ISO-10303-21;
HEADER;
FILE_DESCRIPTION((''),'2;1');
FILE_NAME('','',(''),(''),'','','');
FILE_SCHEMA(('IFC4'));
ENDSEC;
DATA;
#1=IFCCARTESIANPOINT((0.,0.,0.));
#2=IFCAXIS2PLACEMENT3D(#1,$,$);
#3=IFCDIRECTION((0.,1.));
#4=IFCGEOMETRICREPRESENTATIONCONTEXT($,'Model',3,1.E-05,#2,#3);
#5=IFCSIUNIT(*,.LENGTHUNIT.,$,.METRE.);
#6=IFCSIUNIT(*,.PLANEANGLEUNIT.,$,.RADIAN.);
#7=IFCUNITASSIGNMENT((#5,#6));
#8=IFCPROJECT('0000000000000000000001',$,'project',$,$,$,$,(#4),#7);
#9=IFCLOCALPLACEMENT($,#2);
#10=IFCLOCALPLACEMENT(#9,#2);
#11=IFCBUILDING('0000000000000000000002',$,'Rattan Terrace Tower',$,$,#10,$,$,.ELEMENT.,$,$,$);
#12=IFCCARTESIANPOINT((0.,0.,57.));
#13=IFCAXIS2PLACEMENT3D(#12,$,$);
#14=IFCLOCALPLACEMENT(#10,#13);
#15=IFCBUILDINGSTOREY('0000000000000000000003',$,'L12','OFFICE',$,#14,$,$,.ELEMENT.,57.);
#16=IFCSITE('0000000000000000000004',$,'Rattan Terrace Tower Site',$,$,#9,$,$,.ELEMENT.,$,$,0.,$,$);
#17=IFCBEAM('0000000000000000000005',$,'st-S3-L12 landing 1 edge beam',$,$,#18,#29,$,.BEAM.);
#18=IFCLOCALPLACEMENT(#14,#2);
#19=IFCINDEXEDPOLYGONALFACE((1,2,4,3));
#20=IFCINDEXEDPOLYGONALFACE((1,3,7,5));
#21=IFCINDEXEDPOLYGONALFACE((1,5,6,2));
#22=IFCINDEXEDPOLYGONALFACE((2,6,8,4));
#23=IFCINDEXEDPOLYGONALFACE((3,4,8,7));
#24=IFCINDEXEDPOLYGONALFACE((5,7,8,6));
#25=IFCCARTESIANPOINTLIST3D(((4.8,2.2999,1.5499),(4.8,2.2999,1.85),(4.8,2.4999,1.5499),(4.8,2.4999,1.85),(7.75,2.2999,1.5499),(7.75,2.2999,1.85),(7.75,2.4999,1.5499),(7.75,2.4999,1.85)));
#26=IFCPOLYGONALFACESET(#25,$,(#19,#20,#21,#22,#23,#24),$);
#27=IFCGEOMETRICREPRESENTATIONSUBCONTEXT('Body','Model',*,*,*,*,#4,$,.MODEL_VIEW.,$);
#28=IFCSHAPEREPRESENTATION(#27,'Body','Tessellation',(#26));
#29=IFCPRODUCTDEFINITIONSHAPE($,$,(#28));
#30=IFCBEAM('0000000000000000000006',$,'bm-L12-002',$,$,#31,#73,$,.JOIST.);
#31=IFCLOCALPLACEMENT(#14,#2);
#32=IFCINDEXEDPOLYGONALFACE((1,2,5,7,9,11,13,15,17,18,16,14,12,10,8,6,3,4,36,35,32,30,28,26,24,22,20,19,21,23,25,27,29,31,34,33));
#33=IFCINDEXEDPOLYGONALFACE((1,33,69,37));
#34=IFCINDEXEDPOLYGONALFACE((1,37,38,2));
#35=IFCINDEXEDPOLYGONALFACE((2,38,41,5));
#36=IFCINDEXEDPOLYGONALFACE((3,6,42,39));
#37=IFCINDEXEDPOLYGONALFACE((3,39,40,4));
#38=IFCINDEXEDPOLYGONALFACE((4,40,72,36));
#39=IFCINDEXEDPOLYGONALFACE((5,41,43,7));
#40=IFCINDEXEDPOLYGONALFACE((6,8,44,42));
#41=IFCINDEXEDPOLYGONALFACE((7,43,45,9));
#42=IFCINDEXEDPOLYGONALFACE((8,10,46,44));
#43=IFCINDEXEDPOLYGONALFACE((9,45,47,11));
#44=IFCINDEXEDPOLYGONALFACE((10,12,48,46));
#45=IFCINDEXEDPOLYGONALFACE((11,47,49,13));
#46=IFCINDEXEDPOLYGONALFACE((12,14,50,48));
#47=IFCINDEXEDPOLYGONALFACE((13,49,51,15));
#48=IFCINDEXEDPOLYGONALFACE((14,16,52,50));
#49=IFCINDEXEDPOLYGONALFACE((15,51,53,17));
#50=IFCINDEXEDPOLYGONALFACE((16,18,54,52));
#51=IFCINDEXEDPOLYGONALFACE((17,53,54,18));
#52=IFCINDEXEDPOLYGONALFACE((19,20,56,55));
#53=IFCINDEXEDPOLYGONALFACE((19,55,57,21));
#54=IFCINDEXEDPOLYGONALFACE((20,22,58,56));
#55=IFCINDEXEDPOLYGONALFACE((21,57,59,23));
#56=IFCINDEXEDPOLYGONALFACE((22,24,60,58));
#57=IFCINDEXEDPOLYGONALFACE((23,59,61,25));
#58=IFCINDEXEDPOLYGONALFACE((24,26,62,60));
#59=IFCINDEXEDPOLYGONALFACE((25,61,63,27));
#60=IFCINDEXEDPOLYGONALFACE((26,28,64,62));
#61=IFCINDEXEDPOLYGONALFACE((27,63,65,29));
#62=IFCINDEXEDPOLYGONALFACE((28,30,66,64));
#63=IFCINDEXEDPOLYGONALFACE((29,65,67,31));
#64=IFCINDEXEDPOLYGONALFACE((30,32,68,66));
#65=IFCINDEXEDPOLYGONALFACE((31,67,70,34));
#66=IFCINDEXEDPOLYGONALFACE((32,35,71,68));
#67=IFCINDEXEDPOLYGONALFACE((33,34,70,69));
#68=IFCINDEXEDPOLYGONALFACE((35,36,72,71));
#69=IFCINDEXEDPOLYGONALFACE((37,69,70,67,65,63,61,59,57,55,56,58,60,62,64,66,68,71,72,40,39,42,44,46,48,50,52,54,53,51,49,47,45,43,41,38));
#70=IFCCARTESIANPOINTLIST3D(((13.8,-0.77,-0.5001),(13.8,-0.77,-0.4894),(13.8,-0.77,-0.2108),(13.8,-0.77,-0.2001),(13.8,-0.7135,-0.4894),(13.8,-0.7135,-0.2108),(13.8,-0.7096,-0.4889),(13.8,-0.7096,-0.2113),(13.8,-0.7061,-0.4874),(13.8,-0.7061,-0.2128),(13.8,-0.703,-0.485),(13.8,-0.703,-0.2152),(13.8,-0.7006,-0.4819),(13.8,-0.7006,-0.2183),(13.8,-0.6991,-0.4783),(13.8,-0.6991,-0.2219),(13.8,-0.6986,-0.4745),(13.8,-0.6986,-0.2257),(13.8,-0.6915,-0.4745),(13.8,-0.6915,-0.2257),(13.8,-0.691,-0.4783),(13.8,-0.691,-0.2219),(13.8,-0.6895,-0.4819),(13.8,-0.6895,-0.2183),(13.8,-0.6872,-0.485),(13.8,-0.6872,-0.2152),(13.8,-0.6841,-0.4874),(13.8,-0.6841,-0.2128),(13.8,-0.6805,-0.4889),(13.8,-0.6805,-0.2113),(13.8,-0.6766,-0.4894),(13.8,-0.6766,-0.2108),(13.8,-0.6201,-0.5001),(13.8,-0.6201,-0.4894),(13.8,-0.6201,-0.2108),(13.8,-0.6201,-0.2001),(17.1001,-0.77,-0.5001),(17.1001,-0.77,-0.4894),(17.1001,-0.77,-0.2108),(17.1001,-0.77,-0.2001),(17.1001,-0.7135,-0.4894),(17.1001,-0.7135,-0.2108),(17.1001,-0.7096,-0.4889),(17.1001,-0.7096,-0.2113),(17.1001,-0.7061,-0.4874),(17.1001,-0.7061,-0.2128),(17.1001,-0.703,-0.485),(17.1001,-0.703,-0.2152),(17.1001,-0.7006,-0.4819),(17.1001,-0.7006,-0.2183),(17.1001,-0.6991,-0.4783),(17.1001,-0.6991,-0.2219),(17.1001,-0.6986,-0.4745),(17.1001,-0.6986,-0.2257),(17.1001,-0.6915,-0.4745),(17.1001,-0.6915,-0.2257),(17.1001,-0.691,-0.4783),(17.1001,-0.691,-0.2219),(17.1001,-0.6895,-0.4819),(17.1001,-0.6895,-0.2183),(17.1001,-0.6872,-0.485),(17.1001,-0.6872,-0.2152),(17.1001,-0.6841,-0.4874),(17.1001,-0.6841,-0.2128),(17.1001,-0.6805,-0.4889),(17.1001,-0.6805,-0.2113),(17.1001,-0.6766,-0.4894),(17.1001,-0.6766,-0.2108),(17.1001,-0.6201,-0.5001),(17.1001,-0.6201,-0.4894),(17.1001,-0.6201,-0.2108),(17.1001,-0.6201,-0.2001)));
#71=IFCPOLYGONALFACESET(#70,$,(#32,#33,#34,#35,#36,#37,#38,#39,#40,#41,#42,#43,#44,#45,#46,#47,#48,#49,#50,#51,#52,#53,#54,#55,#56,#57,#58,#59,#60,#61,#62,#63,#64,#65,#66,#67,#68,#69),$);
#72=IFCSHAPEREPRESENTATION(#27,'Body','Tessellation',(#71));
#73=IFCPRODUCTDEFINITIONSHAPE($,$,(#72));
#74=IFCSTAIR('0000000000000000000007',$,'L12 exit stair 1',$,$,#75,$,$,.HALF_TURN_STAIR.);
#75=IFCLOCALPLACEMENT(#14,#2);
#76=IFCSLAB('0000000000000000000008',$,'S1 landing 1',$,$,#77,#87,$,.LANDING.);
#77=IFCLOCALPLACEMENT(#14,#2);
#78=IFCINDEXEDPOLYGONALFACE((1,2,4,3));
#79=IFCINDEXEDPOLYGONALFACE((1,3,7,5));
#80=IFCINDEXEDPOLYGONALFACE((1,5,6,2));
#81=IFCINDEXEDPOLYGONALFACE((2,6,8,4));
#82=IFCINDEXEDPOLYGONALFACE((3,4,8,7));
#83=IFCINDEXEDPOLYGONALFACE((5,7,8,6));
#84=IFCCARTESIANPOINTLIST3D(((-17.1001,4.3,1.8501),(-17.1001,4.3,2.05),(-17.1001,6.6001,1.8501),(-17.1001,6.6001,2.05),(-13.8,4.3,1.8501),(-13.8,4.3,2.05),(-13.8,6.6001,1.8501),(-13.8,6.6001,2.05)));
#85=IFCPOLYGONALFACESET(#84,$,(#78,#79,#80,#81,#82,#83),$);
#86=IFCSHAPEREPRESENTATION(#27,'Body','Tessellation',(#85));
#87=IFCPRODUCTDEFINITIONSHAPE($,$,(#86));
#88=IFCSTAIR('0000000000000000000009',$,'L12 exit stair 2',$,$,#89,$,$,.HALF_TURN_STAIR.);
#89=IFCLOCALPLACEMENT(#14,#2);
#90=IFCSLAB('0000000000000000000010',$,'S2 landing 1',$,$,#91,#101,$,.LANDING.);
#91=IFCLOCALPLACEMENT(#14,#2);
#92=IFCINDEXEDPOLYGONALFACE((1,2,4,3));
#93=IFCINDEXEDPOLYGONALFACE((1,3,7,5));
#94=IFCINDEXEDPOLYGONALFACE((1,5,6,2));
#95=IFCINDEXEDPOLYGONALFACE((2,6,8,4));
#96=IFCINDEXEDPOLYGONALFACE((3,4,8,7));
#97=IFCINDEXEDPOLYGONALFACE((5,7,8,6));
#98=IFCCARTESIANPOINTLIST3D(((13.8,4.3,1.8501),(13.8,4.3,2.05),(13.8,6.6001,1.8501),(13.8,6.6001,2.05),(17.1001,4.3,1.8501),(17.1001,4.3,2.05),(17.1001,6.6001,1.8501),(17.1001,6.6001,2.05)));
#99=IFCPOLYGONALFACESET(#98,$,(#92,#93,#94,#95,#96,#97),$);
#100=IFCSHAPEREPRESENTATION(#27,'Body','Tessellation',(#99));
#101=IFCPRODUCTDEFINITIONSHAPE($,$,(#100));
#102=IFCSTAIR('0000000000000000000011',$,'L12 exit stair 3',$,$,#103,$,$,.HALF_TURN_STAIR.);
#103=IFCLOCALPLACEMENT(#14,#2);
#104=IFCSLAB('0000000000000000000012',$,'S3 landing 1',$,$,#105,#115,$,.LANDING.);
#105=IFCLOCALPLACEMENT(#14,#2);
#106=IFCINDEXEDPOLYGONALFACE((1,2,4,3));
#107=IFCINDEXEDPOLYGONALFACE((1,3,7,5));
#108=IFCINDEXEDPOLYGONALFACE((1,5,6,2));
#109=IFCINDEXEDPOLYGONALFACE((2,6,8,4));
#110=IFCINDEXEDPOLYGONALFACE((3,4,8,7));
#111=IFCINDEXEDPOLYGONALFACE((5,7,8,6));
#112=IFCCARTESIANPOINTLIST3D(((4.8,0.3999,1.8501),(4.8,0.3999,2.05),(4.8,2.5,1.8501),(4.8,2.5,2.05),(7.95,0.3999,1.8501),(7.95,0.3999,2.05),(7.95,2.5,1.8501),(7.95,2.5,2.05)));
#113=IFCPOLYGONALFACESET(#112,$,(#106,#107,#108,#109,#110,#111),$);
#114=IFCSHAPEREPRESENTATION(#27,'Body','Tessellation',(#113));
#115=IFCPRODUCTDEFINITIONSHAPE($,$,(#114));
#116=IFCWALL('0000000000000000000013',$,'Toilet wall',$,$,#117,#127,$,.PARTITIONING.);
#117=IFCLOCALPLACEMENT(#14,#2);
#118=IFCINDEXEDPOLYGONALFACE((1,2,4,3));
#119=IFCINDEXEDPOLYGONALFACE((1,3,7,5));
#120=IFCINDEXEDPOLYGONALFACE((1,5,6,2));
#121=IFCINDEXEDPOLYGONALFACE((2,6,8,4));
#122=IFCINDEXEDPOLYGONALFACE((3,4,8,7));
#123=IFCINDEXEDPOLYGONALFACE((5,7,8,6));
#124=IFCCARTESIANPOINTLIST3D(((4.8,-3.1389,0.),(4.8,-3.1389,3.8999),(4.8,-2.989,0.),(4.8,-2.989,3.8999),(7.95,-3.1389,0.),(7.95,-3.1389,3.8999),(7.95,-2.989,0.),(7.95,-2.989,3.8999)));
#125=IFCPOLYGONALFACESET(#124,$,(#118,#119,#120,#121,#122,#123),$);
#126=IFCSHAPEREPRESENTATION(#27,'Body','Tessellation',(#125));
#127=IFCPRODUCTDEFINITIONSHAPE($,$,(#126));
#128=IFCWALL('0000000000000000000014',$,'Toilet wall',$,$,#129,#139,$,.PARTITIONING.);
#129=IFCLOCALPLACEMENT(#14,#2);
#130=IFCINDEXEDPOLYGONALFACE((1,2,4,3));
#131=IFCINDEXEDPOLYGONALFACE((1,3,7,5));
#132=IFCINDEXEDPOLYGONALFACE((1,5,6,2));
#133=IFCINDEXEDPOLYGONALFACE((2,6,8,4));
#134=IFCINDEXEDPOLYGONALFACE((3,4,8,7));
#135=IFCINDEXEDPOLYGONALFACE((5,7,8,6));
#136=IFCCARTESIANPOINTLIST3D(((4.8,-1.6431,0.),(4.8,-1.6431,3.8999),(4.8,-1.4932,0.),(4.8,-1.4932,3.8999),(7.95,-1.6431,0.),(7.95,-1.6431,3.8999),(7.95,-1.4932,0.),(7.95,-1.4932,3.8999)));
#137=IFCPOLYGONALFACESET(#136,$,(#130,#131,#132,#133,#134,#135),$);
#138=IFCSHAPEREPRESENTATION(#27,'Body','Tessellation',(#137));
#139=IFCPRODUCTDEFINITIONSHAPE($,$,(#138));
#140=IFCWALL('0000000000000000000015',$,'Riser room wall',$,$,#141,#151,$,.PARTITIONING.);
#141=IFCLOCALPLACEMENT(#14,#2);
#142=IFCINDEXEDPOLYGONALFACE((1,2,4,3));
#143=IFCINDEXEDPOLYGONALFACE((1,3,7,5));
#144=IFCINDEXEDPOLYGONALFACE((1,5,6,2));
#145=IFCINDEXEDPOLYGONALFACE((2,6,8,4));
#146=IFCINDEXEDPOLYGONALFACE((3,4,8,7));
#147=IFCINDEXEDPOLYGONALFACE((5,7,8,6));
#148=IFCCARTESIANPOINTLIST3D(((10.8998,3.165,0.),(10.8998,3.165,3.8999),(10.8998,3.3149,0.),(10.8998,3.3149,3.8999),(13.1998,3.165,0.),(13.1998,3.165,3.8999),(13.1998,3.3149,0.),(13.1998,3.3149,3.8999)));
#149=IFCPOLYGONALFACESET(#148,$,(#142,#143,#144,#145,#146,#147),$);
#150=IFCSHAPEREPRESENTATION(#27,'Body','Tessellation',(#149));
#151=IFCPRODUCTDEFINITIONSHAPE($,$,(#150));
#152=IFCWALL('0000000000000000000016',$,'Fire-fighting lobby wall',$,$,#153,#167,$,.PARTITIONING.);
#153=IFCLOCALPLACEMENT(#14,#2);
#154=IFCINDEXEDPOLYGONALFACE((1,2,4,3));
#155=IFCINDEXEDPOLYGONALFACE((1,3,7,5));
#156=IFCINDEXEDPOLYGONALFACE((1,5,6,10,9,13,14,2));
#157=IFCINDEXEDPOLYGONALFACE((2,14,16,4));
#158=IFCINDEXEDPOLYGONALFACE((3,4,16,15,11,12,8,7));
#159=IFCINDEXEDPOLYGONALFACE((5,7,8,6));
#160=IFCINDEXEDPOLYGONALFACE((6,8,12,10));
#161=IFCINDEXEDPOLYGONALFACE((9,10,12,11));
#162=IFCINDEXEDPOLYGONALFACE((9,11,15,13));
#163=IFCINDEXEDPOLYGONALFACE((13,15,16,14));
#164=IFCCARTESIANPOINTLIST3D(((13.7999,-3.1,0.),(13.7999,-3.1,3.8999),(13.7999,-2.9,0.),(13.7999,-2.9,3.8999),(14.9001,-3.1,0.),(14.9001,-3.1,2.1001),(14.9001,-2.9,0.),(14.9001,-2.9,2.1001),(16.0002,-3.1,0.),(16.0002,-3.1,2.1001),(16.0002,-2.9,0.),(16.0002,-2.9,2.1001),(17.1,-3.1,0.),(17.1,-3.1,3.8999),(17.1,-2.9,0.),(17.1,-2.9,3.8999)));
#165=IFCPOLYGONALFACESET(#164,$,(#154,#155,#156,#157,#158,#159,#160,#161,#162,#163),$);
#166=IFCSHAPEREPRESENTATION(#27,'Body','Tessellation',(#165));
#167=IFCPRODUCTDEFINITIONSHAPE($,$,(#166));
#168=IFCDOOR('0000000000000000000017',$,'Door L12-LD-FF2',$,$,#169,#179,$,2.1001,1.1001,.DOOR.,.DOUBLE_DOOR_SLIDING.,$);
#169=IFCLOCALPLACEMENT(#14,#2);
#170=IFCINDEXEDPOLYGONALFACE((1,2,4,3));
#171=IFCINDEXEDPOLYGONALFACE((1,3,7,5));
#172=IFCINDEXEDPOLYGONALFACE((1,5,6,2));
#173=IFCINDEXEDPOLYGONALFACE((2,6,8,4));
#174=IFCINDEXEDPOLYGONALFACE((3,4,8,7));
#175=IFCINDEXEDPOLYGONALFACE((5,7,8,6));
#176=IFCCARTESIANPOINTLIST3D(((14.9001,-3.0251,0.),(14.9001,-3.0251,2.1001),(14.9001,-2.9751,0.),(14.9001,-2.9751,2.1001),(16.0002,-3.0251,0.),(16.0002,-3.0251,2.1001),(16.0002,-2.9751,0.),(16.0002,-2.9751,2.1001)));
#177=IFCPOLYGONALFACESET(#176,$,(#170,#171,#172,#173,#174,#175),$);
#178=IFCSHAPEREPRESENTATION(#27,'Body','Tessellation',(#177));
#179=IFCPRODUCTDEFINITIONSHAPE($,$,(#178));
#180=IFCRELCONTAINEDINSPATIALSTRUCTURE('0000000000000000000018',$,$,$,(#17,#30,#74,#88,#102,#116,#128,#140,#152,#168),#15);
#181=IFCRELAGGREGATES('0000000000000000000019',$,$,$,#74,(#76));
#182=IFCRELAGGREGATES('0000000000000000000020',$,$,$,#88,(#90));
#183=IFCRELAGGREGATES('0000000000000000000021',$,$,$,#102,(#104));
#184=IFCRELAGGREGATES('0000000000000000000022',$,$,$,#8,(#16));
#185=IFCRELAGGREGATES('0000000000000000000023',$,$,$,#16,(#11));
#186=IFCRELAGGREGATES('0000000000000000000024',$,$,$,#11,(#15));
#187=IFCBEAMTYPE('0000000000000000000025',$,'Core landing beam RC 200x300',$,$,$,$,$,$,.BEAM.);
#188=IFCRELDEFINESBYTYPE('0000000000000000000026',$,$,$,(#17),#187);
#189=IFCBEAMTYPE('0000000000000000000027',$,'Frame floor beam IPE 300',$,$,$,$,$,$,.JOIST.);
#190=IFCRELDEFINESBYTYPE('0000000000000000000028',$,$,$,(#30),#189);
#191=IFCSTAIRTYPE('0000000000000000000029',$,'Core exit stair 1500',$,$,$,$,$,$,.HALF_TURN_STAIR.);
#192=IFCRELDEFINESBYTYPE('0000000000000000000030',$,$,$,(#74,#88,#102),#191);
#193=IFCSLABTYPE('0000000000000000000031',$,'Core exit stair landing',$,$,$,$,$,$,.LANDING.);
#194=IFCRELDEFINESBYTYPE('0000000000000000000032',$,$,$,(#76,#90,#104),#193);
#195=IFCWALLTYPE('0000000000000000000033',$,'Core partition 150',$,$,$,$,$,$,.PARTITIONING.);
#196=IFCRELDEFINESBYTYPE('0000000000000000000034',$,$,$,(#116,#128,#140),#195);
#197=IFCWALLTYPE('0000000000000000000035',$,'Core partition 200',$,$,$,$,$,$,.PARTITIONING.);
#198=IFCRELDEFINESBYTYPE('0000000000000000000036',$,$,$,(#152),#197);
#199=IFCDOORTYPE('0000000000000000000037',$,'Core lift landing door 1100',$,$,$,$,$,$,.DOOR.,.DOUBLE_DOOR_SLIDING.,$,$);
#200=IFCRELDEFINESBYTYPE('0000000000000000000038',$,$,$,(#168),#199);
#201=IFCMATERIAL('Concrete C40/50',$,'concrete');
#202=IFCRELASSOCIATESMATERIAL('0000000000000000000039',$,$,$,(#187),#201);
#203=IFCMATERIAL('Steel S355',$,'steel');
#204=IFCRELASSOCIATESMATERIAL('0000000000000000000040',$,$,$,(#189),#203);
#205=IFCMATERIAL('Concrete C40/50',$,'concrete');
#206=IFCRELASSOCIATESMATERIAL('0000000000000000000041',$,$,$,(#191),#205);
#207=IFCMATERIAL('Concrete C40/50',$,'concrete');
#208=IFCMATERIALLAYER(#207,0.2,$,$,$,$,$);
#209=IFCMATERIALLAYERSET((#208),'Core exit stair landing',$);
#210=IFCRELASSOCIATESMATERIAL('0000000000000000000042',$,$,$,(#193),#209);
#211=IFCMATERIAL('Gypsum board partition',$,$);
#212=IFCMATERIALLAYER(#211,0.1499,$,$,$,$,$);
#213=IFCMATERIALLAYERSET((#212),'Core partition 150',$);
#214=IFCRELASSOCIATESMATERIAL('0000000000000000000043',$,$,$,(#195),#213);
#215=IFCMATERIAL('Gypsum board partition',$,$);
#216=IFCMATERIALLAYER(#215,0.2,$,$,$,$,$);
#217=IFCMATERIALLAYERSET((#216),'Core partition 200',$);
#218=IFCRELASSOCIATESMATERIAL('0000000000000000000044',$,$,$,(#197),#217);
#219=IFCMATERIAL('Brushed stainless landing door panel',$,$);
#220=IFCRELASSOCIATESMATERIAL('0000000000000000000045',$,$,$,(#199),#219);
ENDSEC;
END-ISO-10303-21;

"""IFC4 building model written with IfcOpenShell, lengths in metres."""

from ifc_helpers import new_model, si_unit, direction, frame, frame_2d, origin, origin_2d, place, context, subcontext, project, spatial, polyline, rectangle, i_section, outline, extrude, material, layer, layer_set, material_profile, profile_set, type_object, element, fill, aggregate, save


model = new_model("IFC4")

# Units and contexts
model_context = context("Model", 3, precision=1e-05, world=origin(), true_north=direction((0.0, 1.0)))
body_context = subcontext(model_context, "Body", "Model", "MODEL_VIEW")
ifc_project = project(units=[si_unit("LENGTHUNIT", "METRE"), si_unit("PLANEANGLEUNIT", "RADIAN")], contexts=[model_context])

# Site, building, storey
site_placement = place(None, origin())
site = spatial("IfcSite", under=ifc_project, at=site_placement, Name="Rattan Terrace Tower Site", CompositionType="ELEMENT", RefElevation=0.0)
building_placement = place(site_placement, origin())
building = spatial("IfcBuilding", under=site, at=building_placement, Name="Rattan Terrace Tower", CompositionType="ELEMENT")
storey_placement = place(building_placement, frame((0.0, 0.0, 57.0)))
storey = spatial("IfcBuildingStorey", under=building, at=storey_placement, Name="L12", Description="OFFICE", CompositionType="ELEMENT", Elevation=57.0)

# Beams
ifc_material_1 = material(Name="Concrete C40/50", Category="concrete")
ifc_material_profile_1 = material_profile(ifc_material_1, rectangle(XDim=0.2, YDim=0.3, at=origin_2d()), Name="RC 200x300")
ifc_profile_set_1 = profile_set([ifc_material_profile_1], Name="Concrete C40/50")
beam_type_1 = type_object("IfcBeamType", Name="Core landing beam RC 200x300", PredefinedType="BEAM", material=ifc_profile_set_1)
beam_1_placement = place(storey_placement, frame((4.8, 2.3999, 1.7), z_axis=(1.0, 0.0, 0.0), x_axis=(0.0, 1.0, 0.0)))
element("IfcBeam", 1, at=beam_1_placement, inside=storey, type_object=beam_type_1, Name="st-S3-L12 landing 1 edge beam", PredefinedType="BEAM", context=body_context, shape_type="SweptSolid", body=[
    extrude(rectangle(XDim=0.2, YDim=0.3, at=origin_2d()), origin(), (0.0, 0.0, 1.0), 2.95),
])
ifc_material_2 = material(Name="Steel S355", Category="steel")
ifc_material_profile_2 = material_profile(ifc_material_2, i_section(OverallWidth=0.1499, OverallDepth=0.3, WebThickness=0.0071, FlangeThickness=0.0107, FilletRadius=0.0149, at=origin_2d()), Name="IPE 300")
ifc_profile_set_2 = profile_set([ifc_material_profile_2], Name="Steel S355")
beam_type_2 = type_object("IfcBeamType", Name="Frame floor beam IPE 300", PredefinedType="JOIST", material=ifc_profile_set_2)
beam_2_placement = place(storey_placement, frame((13.8, -0.6951, -0.3501), z_axis=(1.0, 0.0, 0.0), x_axis=(0.0, 1.0, 0.0)))
element("IfcBeam", 2, at=beam_2_placement, inside=storey, type_object=beam_type_2, Name="bm-L12-002", PredefinedType="JOIST", context=body_context, shape_type="SweptSolid", body=[
    extrude(i_section(OverallWidth=0.1499, OverallDepth=0.3, WebThickness=0.0071, FlangeThickness=0.0107, FilletRadius=0.0149, at=origin_2d()), origin(), (0.0, 0.0, 1.0), 3.3),
])

# Stairs, slabs
ifc_material_3 = material(Name="Concrete C40/50", Category="concrete")
stair_type = type_object("IfcStairType", Name="Core exit stair 1500", PredefinedType="HALF_TURN_STAIR", material=ifc_material_3)
stair_1_placement = place(storey_placement, origin())
stair_1 = element("IfcStair", 3, at=stair_1_placement, inside=storey, type_object=stair_type, Name="L12 exit stair 1", PredefinedType="HALF_TURN_STAIR")
ifc_material_4 = material(Name="Concrete C40/50", Category="concrete")
ifc_layer_1 = layer(ifc_material_4, 0.2)
ifc_layer_set_1 = layer_set([ifc_layer_1], Name="Core exit stair landing")
slab_type = type_object("IfcSlabType", Name="Core exit stair landing", PredefinedType="LANDING", material=ifc_layer_set_1)
slab_1_placement = place(storey_placement, frame((0.0, 0.0, 1.8501)))
slab_1 = element("IfcSlab", 4, at=slab_1_placement, type_object=slab_type, Name="S1 landing 1", PredefinedType="LANDING", context=body_context, shape_type="SweptSolid", body=[
    extrude(outline(polyline([(-13.8, 4.3), (-13.8, 6.6001), (-17.1001, 6.6001), (-17.1001, 4.3), (-13.8, 4.3)])), origin(), (0.0, 0.0, 1.0), 0.2),
])
aggregate(stair_1, [slab_1])
stair_2_placement = place(storey_placement, origin())
stair_2 = element("IfcStair", 5, at=stair_2_placement, inside=storey, type_object=stair_type, Name="L12 exit stair 2", PredefinedType="HALF_TURN_STAIR")
slab_2_placement = place(storey_placement, frame((0.0, 0.0, 1.8501)))
slab_2 = element("IfcSlab", 6, at=slab_2_placement, type_object=slab_type, Name="S2 landing 1", PredefinedType="LANDING", context=body_context, shape_type="SweptSolid", body=[
    extrude(outline(polyline([(17.1001, 4.3), (17.1001, 6.6001), (13.8, 6.6001), (13.8, 4.3), (17.1001, 4.3)])), origin(), (0.0, 0.0, 1.0), 0.2),
])
aggregate(stair_2, [slab_2])
stair_3_placement = place(storey_placement, origin())
stair_3 = element("IfcStair", 7, at=stair_3_placement, inside=storey, type_object=stair_type, Name="L12 exit stair 3", PredefinedType="HALF_TURN_STAIR")
slab_3_placement = place(storey_placement, frame((0.0, 0.0, 1.8501)))
slab_3 = element("IfcSlab", 8, at=slab_3_placement, type_object=slab_type, Name="S3 landing 1", PredefinedType="LANDING", context=body_context, shape_type="SweptSolid", body=[
    extrude(outline(polyline([(4.8, 2.5), (4.8, 0.3999), (7.95, 0.3999), (7.95, 2.5), (4.8, 2.5)])), origin(), (0.0, 0.0, 1.0), 0.2),
])

# Walls
ifc_material_5 = material(Name="Gypsum board partition")
ifc_layer_2 = layer(ifc_material_5, 0.1499)
ifc_layer_set_2 = layer_set([ifc_layer_2], Name="Core partition 150")
wall_type_1 = type_object("IfcWallType", Name="Core partition 150", PredefinedType="PARTITIONING", material=ifc_layer_set_2)
for number, where, z_axis, x_axis, name in (
    (9, (4.8, -3.064, 0.0), (0.0, 0.0, 1.0), (1.0, 0.0, 0.0), "Toilet wall"),
    (10, (4.8, -1.5681, 0.0), (0.0, 0.0, 1.0), (1.0, 0.0, 0.0), "Toilet wall"),
):
    element("IfcWall", number, at=place(storey_placement, frame(where, z_axis=z_axis, x_axis=x_axis)), inside=storey, type_object=wall_type_1, Name=name, PredefinedType="PARTITIONING", context=body_context, shape_type="SweptSolid", body=[
        extrude(rectangle(XDim=3.1499, YDim=0.1499, at=frame_2d((1.575, 0.0))), origin(), (0.0, 0.0, 1.0), 3.8999),
    ])
wall_1_placement = place(storey_placement, frame((10.8999, 3.24, 0.0), z_axis=(0.0, 0.0, 1.0), x_axis=(1.0, 0.0, 0.0)))
element("IfcWall", 11, at=wall_1_placement, inside=storey, type_object=wall_type_1, Name="Riser room wall", PredefinedType="PARTITIONING", context=body_context, shape_type="SweptSolid", body=[
    extrude(rectangle(XDim=2.3, YDim=0.1499, at=frame_2d((1.1499, 0.0))), origin(), (0.0, 0.0, 1.0), 3.8999),
])

# Wall, opening, door
ifc_material_6 = material(Name="Gypsum board partition")
ifc_layer_3 = layer(ifc_material_6, 0.2)
ifc_layer_set_3 = layer_set([ifc_layer_3], Name="Core partition 200")
wall_type_2 = type_object("IfcWallType", Name="Core partition 200", PredefinedType="PARTITIONING", material=ifc_layer_set_3)
wall_2_placement = place(storey_placement, frame((13.8, -3.0, 0.0), z_axis=(0.0, 0.0, 1.0), x_axis=(1.0, 0.0, 0.0)))
wall_2 = element("IfcWall", 12, at=wall_2_placement, inside=storey, type_object=wall_type_2, Name="Fire-fighting lobby wall", PredefinedType="PARTITIONING", context=body_context, shape_type="SweptSolid", body=[
    extrude(rectangle(XDim=3.3, YDim=0.2, at=frame_2d((1.6499, 0.0))), origin(), (0.0, 0.0, 1.0), 3.8999),
])
opening_1_placement = place(wall_2_placement, frame((1.1001, 0.0, 0.0)))
opening_1 = element("IfcOpeningElement", 13, at=opening_1_placement, cuts=wall_2, PredefinedType="OPENING", context=body_context, shape_type="SweptSolid", body=[
    extrude(rectangle(XDim=1.1001, YDim=2.1001, at=frame_2d((0.55, 1.05))), frame((0.0, 0.1106, 0.0), z_axis=(0.0, -1.0, 0.0), x_axis=(1.0, 0.0, 0.0)), (0.0, 0.0, 1.0), 0.2209),
])
ifc_material_7 = material(Name="Brushed stainless landing door panel")
door_type_1 = type_object("IfcDoorType", Name="Core lift landing door 1100", OperationType="DOUBLE_DOOR_SLIDING", PredefinedType="DOOR", material=ifc_material_7)
door_1_placement = place(opening_1_placement, origin())
door_1 = element("IfcDoor", 14, at=door_1_placement, inside=storey, type_object=door_type_1, Name="Door L12-LD-FF2", OperationType="DOUBLE_DOOR_SLIDING", OverallHeight=2.1001, OverallWidth=1.1001, PredefinedType="DOOR", context=body_context, shape_type="SweptSolid", body=[
    extrude(rectangle(XDim=1.1001, YDim=2.1001, at=frame_2d((0.55, 1.05))), frame((0.0, 0.0249, 0.0), z_axis=(0.0, -1.0, 0.0), x_axis=(1.0, 0.0, 0.0)), (0.0, 0.0, 1.0), 0.05),
])
fill(opening_1, door_1)

aggregate(stair_3, [slab_3])

save(model, "model.ifc")
